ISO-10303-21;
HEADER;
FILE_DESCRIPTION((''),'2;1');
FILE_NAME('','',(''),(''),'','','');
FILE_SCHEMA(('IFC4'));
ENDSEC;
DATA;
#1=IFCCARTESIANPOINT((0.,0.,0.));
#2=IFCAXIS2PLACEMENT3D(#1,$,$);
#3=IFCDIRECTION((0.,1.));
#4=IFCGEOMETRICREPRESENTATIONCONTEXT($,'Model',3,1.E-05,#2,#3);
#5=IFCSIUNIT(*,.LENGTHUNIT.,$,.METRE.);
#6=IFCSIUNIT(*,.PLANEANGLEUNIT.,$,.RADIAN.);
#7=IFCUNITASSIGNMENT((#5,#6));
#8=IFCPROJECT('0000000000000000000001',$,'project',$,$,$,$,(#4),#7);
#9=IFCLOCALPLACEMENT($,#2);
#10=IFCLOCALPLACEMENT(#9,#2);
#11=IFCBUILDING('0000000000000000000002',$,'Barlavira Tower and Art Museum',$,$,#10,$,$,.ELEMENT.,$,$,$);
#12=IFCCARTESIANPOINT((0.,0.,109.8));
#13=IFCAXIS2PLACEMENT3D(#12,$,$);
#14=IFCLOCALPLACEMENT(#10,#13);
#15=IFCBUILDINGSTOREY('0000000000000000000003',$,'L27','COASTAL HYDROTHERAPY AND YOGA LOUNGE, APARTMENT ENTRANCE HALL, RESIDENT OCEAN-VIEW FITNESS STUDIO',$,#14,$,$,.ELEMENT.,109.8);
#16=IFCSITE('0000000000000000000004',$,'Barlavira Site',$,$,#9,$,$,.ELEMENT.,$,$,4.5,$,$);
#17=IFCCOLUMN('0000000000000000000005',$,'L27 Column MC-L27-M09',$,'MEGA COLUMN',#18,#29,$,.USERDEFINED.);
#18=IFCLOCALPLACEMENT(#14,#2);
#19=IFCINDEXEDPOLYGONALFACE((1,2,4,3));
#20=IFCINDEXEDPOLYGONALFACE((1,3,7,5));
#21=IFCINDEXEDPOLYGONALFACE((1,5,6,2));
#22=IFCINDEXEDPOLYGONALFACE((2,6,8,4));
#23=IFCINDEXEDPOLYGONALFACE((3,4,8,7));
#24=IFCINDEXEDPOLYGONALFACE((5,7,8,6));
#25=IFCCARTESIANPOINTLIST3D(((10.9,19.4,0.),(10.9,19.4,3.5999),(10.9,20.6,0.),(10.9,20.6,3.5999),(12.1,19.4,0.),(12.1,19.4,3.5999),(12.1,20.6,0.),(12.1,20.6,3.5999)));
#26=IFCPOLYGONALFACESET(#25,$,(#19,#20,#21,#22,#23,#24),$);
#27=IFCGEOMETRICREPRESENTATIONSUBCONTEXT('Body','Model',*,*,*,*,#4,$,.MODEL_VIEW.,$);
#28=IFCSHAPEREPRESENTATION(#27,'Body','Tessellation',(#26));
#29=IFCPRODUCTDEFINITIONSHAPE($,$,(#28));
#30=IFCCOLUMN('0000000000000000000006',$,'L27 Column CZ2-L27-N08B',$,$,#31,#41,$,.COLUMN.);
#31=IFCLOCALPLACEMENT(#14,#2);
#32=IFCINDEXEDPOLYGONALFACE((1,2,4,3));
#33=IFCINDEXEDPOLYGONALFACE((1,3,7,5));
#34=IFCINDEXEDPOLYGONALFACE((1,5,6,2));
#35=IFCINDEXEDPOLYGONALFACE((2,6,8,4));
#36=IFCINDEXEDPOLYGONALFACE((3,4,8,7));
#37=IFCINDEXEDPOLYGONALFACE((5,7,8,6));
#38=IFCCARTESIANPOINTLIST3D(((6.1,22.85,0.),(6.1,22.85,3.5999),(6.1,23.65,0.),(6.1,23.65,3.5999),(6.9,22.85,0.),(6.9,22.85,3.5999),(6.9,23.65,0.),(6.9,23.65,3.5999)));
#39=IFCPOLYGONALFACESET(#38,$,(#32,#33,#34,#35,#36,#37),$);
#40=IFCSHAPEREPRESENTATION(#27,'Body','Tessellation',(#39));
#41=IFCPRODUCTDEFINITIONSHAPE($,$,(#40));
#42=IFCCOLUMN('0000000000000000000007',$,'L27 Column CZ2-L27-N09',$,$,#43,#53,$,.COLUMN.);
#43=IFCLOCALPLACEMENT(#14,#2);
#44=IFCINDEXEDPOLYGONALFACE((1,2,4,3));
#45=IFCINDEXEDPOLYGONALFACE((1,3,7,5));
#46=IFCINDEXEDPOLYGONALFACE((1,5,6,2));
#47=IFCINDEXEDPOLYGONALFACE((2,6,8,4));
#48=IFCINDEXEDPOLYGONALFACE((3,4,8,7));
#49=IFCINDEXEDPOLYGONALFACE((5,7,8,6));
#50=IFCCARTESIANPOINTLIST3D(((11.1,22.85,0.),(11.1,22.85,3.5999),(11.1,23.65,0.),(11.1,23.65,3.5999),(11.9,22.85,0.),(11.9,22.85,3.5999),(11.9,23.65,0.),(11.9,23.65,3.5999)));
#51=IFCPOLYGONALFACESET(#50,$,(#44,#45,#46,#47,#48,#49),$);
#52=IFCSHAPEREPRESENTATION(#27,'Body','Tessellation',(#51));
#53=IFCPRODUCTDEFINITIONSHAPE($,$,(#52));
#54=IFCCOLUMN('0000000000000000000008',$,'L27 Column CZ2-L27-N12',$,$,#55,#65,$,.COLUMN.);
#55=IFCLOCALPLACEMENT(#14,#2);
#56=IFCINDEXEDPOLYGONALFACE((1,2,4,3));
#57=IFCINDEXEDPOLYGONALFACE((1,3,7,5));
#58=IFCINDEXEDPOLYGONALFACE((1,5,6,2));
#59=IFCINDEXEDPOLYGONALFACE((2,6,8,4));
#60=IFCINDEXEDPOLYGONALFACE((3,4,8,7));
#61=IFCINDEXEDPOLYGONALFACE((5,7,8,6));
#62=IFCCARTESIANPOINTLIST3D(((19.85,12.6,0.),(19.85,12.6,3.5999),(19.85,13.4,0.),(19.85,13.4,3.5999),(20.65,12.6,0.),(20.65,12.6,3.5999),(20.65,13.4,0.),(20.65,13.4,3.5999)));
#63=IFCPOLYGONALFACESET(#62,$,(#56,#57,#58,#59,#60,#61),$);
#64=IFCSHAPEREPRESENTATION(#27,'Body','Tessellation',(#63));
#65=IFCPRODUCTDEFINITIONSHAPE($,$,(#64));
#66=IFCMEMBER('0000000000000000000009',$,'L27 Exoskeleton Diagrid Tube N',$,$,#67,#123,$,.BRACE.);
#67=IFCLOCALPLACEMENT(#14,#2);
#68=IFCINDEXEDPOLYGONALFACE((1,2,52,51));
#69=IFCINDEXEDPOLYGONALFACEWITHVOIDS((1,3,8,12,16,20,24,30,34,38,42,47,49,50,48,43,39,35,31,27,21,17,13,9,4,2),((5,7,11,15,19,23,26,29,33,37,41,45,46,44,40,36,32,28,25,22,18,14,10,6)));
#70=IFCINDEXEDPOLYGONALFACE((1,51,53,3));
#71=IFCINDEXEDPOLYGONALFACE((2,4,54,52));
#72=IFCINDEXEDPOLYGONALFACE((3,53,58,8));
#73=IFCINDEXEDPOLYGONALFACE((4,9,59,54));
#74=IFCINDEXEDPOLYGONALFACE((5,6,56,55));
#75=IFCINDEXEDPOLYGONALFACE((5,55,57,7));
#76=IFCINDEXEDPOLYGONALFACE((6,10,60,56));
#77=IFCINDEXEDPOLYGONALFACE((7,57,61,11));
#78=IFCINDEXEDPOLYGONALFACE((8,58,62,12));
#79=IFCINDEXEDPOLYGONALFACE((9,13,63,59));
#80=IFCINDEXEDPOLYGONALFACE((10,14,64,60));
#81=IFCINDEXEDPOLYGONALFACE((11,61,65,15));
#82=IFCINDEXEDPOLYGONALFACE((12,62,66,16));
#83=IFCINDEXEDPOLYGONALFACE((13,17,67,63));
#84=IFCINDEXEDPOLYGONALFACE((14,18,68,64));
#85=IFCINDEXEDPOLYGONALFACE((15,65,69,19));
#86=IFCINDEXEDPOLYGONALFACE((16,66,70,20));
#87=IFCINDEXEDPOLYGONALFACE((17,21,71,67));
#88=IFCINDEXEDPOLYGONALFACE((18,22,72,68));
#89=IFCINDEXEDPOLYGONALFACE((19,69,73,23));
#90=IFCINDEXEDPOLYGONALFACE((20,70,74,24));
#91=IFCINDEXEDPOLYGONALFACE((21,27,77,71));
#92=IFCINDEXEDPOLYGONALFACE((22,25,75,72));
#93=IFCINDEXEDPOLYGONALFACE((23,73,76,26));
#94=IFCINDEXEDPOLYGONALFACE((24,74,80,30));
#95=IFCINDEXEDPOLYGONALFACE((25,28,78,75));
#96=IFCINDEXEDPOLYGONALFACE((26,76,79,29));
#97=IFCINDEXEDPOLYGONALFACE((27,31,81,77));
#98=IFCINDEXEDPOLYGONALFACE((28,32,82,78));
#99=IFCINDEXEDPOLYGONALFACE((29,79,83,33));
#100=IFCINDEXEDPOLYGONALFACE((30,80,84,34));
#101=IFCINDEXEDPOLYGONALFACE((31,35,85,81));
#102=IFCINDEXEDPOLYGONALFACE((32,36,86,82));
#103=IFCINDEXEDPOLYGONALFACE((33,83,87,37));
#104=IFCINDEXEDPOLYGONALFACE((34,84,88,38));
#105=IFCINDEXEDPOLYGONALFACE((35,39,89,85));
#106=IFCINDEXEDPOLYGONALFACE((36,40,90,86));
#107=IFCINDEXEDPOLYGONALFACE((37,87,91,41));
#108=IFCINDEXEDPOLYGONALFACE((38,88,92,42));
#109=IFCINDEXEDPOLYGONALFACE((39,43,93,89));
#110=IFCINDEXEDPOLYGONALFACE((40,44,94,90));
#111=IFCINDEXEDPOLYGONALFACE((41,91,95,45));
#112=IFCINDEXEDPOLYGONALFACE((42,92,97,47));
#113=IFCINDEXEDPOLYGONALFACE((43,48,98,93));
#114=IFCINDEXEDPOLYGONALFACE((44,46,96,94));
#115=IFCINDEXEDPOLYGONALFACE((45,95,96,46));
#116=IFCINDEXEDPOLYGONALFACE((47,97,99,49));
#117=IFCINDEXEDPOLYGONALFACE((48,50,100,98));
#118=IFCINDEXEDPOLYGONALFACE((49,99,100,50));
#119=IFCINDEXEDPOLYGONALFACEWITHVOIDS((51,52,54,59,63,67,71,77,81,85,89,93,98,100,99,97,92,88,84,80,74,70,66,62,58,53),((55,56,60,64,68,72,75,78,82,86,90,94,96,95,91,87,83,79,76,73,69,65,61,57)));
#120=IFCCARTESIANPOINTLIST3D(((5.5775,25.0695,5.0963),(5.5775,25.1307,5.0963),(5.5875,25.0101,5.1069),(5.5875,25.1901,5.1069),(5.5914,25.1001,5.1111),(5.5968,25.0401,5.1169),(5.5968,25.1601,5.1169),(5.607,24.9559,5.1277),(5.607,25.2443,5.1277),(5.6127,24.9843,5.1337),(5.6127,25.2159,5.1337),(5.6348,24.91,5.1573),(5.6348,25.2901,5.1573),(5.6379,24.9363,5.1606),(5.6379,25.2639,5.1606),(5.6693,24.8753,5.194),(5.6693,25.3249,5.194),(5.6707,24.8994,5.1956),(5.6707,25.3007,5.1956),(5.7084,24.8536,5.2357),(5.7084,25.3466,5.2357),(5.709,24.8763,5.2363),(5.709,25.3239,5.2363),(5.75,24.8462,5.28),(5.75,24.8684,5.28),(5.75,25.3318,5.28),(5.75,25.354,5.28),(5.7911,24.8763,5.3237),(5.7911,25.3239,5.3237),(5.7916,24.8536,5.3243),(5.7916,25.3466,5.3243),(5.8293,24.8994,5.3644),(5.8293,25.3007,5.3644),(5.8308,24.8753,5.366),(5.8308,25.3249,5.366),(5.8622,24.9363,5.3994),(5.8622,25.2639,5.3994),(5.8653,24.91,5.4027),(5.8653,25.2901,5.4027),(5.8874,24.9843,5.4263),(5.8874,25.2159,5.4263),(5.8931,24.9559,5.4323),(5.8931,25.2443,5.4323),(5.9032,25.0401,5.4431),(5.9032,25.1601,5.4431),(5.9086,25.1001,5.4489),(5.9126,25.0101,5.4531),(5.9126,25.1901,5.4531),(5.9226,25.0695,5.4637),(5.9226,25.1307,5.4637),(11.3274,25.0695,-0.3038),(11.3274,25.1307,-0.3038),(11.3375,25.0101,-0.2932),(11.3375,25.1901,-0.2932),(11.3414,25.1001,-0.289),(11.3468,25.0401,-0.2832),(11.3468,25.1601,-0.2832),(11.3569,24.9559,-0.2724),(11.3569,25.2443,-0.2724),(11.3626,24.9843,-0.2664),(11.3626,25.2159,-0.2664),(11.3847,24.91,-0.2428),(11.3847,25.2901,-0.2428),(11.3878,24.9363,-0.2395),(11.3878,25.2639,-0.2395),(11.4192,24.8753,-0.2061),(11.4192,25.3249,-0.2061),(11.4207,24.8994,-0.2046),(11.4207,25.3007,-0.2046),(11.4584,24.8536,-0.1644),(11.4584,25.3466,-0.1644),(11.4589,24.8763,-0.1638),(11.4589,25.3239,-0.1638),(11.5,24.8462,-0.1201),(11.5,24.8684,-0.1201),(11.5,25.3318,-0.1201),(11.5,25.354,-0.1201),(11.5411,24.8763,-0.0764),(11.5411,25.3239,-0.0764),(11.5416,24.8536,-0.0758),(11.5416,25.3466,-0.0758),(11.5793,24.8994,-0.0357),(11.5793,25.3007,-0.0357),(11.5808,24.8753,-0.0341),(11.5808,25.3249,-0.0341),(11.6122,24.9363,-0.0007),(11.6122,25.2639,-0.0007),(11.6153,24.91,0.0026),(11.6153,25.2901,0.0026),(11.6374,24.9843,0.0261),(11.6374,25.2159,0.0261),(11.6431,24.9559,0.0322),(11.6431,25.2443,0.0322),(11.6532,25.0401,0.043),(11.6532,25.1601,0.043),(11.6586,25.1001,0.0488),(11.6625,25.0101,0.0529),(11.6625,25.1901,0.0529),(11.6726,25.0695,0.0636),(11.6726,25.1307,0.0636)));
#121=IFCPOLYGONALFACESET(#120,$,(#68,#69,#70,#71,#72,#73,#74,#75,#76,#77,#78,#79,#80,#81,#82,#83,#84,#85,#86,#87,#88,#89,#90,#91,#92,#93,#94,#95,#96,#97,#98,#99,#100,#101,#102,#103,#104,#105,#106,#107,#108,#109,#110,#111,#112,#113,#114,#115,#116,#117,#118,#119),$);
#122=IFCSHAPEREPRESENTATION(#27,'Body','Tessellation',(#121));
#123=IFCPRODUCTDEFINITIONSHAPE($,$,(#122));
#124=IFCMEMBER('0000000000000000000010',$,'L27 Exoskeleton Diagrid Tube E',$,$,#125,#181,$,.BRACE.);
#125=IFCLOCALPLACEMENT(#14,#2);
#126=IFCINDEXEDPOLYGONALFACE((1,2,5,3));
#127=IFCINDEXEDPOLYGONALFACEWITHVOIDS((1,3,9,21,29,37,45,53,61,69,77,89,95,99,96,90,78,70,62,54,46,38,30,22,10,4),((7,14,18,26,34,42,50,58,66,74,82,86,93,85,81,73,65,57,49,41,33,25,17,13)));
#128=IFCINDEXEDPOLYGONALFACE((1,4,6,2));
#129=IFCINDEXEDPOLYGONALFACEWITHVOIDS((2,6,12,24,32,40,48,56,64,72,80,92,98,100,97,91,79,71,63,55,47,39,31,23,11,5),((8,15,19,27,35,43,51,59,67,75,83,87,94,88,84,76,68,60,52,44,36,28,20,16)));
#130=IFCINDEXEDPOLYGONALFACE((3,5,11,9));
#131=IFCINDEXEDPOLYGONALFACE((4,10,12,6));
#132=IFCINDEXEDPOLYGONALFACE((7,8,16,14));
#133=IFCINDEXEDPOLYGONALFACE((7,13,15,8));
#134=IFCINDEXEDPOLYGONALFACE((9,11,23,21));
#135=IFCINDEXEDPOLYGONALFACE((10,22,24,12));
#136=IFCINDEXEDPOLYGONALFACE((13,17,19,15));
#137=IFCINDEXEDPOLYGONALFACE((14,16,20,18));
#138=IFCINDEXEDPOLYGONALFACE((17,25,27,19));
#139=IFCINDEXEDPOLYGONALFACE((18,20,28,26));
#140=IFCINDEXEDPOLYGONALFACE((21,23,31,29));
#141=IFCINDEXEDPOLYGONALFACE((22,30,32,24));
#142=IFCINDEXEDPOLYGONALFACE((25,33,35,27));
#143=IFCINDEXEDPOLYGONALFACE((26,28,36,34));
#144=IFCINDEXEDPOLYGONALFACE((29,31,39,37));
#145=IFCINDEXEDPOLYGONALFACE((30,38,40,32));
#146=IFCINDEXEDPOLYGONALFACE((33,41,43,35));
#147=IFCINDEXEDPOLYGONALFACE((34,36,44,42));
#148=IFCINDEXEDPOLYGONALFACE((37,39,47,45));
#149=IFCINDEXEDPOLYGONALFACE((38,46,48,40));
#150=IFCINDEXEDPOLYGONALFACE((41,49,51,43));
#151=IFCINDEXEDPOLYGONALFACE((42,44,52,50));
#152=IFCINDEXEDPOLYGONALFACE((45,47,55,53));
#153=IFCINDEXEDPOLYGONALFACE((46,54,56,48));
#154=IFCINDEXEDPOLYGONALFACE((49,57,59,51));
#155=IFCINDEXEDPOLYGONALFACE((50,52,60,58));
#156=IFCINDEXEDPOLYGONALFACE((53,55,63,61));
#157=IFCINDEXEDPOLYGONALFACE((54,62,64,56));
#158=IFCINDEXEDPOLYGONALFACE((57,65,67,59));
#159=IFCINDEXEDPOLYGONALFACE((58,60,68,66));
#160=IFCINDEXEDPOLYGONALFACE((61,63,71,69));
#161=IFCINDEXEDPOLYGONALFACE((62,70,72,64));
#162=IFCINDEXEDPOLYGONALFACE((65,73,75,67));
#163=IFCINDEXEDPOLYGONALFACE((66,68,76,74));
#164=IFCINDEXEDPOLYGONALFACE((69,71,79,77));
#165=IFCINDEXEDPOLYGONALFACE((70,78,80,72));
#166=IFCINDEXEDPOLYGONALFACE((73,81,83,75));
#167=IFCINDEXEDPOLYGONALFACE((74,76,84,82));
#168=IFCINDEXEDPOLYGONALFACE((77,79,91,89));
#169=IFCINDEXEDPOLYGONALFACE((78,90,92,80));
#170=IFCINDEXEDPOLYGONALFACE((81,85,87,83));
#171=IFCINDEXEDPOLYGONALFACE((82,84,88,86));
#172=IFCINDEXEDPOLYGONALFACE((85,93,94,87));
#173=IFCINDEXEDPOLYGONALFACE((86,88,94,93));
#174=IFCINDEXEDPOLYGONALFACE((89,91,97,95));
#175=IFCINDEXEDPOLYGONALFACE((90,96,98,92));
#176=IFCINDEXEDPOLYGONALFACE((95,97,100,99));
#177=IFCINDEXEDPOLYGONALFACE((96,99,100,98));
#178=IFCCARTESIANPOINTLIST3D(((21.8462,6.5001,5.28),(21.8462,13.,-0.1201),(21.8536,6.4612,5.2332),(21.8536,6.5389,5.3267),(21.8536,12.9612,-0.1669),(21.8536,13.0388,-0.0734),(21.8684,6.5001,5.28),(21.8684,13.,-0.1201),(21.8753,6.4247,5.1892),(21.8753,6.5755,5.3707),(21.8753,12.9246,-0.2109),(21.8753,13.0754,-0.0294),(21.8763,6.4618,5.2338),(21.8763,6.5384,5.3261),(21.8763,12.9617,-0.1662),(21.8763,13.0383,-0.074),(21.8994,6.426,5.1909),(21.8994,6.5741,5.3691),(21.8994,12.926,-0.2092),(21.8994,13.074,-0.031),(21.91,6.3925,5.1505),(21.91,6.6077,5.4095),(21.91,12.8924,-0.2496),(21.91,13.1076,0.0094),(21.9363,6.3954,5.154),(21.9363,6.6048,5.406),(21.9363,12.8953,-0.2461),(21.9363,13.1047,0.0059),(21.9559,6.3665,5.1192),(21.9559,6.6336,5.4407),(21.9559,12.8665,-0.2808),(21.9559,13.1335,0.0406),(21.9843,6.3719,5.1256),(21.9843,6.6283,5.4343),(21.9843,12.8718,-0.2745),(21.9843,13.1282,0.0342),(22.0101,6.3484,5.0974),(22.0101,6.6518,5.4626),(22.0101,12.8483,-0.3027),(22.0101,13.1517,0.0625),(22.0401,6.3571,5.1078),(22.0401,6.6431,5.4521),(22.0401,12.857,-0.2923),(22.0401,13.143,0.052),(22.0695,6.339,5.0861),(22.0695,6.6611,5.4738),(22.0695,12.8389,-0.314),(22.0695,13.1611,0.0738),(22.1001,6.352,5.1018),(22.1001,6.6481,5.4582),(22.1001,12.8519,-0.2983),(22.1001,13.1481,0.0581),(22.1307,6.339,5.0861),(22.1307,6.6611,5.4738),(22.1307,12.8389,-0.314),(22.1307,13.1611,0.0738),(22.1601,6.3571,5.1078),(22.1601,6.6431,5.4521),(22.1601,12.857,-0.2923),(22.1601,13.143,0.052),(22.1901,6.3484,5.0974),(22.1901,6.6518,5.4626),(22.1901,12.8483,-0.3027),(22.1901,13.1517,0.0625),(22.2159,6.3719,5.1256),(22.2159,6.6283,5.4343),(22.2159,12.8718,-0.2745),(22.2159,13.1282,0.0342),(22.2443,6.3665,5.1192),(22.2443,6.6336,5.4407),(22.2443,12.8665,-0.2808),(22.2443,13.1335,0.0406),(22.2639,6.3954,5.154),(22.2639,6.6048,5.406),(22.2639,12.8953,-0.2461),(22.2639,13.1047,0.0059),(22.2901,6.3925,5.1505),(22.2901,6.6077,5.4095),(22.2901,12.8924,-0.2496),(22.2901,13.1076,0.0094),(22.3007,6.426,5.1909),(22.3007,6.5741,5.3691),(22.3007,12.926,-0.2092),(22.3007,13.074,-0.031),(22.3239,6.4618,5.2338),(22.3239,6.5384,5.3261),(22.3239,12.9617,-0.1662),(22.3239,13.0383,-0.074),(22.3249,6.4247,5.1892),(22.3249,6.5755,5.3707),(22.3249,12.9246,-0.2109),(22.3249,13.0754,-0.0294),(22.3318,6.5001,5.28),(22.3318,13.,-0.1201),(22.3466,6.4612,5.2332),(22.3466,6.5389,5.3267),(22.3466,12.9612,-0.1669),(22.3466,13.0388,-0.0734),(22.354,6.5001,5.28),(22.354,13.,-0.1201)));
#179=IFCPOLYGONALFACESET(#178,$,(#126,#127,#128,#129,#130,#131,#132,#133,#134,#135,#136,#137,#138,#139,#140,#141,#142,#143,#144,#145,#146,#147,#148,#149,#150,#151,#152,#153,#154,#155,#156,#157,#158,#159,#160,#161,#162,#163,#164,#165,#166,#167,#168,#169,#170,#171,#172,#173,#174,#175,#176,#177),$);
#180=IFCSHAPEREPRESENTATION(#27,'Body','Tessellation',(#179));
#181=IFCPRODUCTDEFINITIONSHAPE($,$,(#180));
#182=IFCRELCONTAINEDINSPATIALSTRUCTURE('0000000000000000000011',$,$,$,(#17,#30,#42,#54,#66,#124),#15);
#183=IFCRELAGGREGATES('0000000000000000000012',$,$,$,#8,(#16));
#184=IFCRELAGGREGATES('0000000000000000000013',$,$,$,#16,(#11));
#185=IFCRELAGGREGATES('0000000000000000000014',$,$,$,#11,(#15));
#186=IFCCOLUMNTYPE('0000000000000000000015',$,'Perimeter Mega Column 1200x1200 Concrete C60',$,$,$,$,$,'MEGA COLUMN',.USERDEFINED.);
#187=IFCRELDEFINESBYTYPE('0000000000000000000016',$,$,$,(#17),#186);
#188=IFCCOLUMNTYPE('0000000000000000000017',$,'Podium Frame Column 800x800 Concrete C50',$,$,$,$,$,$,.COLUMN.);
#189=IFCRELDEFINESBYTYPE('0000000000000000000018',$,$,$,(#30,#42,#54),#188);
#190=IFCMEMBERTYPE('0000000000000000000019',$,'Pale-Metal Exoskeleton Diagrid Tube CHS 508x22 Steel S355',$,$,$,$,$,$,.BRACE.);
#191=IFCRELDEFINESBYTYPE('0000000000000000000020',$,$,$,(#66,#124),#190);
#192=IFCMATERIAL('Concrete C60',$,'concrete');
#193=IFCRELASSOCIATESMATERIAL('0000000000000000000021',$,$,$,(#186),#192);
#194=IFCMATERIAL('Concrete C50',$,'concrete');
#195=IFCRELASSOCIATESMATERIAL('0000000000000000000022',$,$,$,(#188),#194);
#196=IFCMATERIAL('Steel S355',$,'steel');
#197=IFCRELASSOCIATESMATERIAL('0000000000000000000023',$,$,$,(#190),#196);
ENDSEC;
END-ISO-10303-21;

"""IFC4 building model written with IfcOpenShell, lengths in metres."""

from ifc_helpers import new_model, si_unit, direction, frame, origin, origin_2d, place, context, subcontext, project, spatial, rectangle, hollow_circle, extrude, material, material_profile, profile_set, type_object, element, save


model = new_model("IFC4")

# Units and contexts
model_context = context("Model", 3, precision=1e-05, world=origin(), true_north=direction((0.0, 1.0)))
body_context = subcontext(model_context, "Body", "Model", "MODEL_VIEW")
ifc_project = project(units=[si_unit("LENGTHUNIT", "METRE"), si_unit("PLANEANGLEUNIT", "RADIAN")], contexts=[model_context])

# Site, building, storey
site_placement = place(None, origin())
site = spatial("IfcSite", under=ifc_project, at=site_placement, Name="Barlavira Site", CompositionType="ELEMENT", RefElevation=4.5)
building_placement = place(site_placement, origin())
building = spatial("IfcBuilding", under=site, at=building_placement, Name="Barlavira Tower and Art Museum", CompositionType="ELEMENT")
storey_placement = place(building_placement, frame((0.0, 0.0, 109.8)))
storey = spatial("IfcBuildingStorey", under=building, at=storey_placement, Name="L27", Description="COASTAL HYDROTHERAPY AND YOGA LOUNGE, APARTMENT ENTRANCE HALL, RESIDENT OCEAN-VIEW FITNESS STUDIO", CompositionType="ELEMENT", Elevation=109.8)

# Columns
ifc_material_1 = material(Name="Concrete C60", Category="concrete")
ifc_material_profile_1 = material_profile(ifc_material_1, rectangle(XDim=1.2, YDim=1.2, at=origin_2d()), Name="RC-COL 1200x1200")
ifc_profile_set_1 = profile_set([ifc_material_profile_1], Name="Concrete C60")
column_type_1 = type_object("IfcColumnType", Name="Perimeter Mega Column 1200x1200 Concrete C60", ElementType="MEGA COLUMN", PredefinedType="USERDEFINED", material=ifc_profile_set_1)
column_placement = place(storey_placement, frame((11.5, 20.0, 0.0), z_axis=(0.0, 0.0, 1.0), x_axis=(1.0, 0.0, 0.0)))
element("IfcColumn", 1, at=column_placement, inside=storey, type_object=column_type_1, Name="L27 Column MC-L27-M09", ObjectType="MEGA COLUMN", PredefinedType="USERDEFINED", context=body_context, shape_type="SweptSolid", body=[
    extrude(rectangle(XDim=1.2, YDim=1.2, at=origin_2d()), origin(), (0.0, 0.0, 1.0), 3.5999),
])
ifc_material_2 = material(Name="Concrete C50", Category="concrete")
ifc_material_profile_2 = material_profile(ifc_material_2, rectangle(XDim=0.8, YDim=0.8, at=origin_2d()), Name="RC-COL 800x800")
ifc_profile_set_2 = profile_set([ifc_material_profile_2], Name="Concrete C50")
column_type_2 = type_object("IfcColumnType", Name="Podium Frame Column 800x800 Concrete C50", PredefinedType="COLUMN", material=ifc_profile_set_2)
for number, where, z_axis, x_axis, name in (
    (2, (6.5, 23.25, 0.0), (0.0, 0.0, 1.0), (1.0, 0.0, 0.0), "L27 Column CZ2-L27-N08B"),
    (3, (11.5, 23.25, 0.0), (0.0, 0.0, 1.0), (1.0, 0.0, 0.0), "L27 Column CZ2-L27-N09"),
    (4, (20.25, 13.0, 0.0), (0.0, 0.0, 1.0), (1.0, 0.0, 0.0), "L27 Column CZ2-L27-N12"),
):
    element("IfcColumn", number, at=place(storey_placement, frame(where, z_axis=z_axis, x_axis=x_axis)), inside=storey, type_object=column_type_2, Name=name, PredefinedType="COLUMN", context=body_context, shape_type="SweptSolid", body=[
        extrude(rectangle(XDim=0.8, YDim=0.8, at=origin_2d()), origin(), (0.0, 0.0, 1.0), 3.5999),
    ])

# Members
ifc_material_3 = material(Name="Steel S355", Category="steel")
ifc_material_profile_3 = material_profile(ifc_material_3, hollow_circle(Radius=0.2539, WallThickness=0.0222, at=origin_2d()), Name="CHS 508.0x22.2")
ifc_profile_set_3 = profile_set([ifc_material_profile_3], Name="Steel S355")
member_type_1 = type_object("IfcMemberType", Name="Pale-Metal Exoskeleton Diagrid Tube CHS 508x22 Steel S355", PredefinedType="BRACE", material=ifc_profile_set_3)
member_1_placement = place(storey_placement, frame((11.5, 25.1001, -0.1201), z_axis=(-0.728935, 0.0, 0.684583), x_axis=(0.0, -1.0, 0.0)))
element("IfcMember", 5, at=member_1_placement, inside=storey, type_object=member_type_1, Name="L27 Exoskeleton Diagrid Tube N", PredefinedType="BRACE", context=body_context, shape_type="SweptSolid", body=[
    extrude(hollow_circle(Radius=0.2539, WallThickness=0.0222, at=origin_2d()), origin(), (0.0, 0.0, 1.0), 7.8882),
])
member_2_placement = place(storey_placement, frame((22.1001, 13.0, -0.1201), z_axis=(0.0, -0.769182, 0.63903), x_axis=(1.0, 0.0, 0.0)))
element("IfcMember", 6, at=member_2_placement, inside=storey, type_object=member_type_1, Name="L27 Exoskeleton Diagrid Tube E", PredefinedType="BRACE", context=body_context, shape_type="SweptSolid", body=[
    extrude(hollow_circle(Radius=0.2539, WallThickness=0.0222, at=origin_2d()), origin(), (0.0, 0.0, 1.0), 8.4504),
])

save(model, "model.ifc")
